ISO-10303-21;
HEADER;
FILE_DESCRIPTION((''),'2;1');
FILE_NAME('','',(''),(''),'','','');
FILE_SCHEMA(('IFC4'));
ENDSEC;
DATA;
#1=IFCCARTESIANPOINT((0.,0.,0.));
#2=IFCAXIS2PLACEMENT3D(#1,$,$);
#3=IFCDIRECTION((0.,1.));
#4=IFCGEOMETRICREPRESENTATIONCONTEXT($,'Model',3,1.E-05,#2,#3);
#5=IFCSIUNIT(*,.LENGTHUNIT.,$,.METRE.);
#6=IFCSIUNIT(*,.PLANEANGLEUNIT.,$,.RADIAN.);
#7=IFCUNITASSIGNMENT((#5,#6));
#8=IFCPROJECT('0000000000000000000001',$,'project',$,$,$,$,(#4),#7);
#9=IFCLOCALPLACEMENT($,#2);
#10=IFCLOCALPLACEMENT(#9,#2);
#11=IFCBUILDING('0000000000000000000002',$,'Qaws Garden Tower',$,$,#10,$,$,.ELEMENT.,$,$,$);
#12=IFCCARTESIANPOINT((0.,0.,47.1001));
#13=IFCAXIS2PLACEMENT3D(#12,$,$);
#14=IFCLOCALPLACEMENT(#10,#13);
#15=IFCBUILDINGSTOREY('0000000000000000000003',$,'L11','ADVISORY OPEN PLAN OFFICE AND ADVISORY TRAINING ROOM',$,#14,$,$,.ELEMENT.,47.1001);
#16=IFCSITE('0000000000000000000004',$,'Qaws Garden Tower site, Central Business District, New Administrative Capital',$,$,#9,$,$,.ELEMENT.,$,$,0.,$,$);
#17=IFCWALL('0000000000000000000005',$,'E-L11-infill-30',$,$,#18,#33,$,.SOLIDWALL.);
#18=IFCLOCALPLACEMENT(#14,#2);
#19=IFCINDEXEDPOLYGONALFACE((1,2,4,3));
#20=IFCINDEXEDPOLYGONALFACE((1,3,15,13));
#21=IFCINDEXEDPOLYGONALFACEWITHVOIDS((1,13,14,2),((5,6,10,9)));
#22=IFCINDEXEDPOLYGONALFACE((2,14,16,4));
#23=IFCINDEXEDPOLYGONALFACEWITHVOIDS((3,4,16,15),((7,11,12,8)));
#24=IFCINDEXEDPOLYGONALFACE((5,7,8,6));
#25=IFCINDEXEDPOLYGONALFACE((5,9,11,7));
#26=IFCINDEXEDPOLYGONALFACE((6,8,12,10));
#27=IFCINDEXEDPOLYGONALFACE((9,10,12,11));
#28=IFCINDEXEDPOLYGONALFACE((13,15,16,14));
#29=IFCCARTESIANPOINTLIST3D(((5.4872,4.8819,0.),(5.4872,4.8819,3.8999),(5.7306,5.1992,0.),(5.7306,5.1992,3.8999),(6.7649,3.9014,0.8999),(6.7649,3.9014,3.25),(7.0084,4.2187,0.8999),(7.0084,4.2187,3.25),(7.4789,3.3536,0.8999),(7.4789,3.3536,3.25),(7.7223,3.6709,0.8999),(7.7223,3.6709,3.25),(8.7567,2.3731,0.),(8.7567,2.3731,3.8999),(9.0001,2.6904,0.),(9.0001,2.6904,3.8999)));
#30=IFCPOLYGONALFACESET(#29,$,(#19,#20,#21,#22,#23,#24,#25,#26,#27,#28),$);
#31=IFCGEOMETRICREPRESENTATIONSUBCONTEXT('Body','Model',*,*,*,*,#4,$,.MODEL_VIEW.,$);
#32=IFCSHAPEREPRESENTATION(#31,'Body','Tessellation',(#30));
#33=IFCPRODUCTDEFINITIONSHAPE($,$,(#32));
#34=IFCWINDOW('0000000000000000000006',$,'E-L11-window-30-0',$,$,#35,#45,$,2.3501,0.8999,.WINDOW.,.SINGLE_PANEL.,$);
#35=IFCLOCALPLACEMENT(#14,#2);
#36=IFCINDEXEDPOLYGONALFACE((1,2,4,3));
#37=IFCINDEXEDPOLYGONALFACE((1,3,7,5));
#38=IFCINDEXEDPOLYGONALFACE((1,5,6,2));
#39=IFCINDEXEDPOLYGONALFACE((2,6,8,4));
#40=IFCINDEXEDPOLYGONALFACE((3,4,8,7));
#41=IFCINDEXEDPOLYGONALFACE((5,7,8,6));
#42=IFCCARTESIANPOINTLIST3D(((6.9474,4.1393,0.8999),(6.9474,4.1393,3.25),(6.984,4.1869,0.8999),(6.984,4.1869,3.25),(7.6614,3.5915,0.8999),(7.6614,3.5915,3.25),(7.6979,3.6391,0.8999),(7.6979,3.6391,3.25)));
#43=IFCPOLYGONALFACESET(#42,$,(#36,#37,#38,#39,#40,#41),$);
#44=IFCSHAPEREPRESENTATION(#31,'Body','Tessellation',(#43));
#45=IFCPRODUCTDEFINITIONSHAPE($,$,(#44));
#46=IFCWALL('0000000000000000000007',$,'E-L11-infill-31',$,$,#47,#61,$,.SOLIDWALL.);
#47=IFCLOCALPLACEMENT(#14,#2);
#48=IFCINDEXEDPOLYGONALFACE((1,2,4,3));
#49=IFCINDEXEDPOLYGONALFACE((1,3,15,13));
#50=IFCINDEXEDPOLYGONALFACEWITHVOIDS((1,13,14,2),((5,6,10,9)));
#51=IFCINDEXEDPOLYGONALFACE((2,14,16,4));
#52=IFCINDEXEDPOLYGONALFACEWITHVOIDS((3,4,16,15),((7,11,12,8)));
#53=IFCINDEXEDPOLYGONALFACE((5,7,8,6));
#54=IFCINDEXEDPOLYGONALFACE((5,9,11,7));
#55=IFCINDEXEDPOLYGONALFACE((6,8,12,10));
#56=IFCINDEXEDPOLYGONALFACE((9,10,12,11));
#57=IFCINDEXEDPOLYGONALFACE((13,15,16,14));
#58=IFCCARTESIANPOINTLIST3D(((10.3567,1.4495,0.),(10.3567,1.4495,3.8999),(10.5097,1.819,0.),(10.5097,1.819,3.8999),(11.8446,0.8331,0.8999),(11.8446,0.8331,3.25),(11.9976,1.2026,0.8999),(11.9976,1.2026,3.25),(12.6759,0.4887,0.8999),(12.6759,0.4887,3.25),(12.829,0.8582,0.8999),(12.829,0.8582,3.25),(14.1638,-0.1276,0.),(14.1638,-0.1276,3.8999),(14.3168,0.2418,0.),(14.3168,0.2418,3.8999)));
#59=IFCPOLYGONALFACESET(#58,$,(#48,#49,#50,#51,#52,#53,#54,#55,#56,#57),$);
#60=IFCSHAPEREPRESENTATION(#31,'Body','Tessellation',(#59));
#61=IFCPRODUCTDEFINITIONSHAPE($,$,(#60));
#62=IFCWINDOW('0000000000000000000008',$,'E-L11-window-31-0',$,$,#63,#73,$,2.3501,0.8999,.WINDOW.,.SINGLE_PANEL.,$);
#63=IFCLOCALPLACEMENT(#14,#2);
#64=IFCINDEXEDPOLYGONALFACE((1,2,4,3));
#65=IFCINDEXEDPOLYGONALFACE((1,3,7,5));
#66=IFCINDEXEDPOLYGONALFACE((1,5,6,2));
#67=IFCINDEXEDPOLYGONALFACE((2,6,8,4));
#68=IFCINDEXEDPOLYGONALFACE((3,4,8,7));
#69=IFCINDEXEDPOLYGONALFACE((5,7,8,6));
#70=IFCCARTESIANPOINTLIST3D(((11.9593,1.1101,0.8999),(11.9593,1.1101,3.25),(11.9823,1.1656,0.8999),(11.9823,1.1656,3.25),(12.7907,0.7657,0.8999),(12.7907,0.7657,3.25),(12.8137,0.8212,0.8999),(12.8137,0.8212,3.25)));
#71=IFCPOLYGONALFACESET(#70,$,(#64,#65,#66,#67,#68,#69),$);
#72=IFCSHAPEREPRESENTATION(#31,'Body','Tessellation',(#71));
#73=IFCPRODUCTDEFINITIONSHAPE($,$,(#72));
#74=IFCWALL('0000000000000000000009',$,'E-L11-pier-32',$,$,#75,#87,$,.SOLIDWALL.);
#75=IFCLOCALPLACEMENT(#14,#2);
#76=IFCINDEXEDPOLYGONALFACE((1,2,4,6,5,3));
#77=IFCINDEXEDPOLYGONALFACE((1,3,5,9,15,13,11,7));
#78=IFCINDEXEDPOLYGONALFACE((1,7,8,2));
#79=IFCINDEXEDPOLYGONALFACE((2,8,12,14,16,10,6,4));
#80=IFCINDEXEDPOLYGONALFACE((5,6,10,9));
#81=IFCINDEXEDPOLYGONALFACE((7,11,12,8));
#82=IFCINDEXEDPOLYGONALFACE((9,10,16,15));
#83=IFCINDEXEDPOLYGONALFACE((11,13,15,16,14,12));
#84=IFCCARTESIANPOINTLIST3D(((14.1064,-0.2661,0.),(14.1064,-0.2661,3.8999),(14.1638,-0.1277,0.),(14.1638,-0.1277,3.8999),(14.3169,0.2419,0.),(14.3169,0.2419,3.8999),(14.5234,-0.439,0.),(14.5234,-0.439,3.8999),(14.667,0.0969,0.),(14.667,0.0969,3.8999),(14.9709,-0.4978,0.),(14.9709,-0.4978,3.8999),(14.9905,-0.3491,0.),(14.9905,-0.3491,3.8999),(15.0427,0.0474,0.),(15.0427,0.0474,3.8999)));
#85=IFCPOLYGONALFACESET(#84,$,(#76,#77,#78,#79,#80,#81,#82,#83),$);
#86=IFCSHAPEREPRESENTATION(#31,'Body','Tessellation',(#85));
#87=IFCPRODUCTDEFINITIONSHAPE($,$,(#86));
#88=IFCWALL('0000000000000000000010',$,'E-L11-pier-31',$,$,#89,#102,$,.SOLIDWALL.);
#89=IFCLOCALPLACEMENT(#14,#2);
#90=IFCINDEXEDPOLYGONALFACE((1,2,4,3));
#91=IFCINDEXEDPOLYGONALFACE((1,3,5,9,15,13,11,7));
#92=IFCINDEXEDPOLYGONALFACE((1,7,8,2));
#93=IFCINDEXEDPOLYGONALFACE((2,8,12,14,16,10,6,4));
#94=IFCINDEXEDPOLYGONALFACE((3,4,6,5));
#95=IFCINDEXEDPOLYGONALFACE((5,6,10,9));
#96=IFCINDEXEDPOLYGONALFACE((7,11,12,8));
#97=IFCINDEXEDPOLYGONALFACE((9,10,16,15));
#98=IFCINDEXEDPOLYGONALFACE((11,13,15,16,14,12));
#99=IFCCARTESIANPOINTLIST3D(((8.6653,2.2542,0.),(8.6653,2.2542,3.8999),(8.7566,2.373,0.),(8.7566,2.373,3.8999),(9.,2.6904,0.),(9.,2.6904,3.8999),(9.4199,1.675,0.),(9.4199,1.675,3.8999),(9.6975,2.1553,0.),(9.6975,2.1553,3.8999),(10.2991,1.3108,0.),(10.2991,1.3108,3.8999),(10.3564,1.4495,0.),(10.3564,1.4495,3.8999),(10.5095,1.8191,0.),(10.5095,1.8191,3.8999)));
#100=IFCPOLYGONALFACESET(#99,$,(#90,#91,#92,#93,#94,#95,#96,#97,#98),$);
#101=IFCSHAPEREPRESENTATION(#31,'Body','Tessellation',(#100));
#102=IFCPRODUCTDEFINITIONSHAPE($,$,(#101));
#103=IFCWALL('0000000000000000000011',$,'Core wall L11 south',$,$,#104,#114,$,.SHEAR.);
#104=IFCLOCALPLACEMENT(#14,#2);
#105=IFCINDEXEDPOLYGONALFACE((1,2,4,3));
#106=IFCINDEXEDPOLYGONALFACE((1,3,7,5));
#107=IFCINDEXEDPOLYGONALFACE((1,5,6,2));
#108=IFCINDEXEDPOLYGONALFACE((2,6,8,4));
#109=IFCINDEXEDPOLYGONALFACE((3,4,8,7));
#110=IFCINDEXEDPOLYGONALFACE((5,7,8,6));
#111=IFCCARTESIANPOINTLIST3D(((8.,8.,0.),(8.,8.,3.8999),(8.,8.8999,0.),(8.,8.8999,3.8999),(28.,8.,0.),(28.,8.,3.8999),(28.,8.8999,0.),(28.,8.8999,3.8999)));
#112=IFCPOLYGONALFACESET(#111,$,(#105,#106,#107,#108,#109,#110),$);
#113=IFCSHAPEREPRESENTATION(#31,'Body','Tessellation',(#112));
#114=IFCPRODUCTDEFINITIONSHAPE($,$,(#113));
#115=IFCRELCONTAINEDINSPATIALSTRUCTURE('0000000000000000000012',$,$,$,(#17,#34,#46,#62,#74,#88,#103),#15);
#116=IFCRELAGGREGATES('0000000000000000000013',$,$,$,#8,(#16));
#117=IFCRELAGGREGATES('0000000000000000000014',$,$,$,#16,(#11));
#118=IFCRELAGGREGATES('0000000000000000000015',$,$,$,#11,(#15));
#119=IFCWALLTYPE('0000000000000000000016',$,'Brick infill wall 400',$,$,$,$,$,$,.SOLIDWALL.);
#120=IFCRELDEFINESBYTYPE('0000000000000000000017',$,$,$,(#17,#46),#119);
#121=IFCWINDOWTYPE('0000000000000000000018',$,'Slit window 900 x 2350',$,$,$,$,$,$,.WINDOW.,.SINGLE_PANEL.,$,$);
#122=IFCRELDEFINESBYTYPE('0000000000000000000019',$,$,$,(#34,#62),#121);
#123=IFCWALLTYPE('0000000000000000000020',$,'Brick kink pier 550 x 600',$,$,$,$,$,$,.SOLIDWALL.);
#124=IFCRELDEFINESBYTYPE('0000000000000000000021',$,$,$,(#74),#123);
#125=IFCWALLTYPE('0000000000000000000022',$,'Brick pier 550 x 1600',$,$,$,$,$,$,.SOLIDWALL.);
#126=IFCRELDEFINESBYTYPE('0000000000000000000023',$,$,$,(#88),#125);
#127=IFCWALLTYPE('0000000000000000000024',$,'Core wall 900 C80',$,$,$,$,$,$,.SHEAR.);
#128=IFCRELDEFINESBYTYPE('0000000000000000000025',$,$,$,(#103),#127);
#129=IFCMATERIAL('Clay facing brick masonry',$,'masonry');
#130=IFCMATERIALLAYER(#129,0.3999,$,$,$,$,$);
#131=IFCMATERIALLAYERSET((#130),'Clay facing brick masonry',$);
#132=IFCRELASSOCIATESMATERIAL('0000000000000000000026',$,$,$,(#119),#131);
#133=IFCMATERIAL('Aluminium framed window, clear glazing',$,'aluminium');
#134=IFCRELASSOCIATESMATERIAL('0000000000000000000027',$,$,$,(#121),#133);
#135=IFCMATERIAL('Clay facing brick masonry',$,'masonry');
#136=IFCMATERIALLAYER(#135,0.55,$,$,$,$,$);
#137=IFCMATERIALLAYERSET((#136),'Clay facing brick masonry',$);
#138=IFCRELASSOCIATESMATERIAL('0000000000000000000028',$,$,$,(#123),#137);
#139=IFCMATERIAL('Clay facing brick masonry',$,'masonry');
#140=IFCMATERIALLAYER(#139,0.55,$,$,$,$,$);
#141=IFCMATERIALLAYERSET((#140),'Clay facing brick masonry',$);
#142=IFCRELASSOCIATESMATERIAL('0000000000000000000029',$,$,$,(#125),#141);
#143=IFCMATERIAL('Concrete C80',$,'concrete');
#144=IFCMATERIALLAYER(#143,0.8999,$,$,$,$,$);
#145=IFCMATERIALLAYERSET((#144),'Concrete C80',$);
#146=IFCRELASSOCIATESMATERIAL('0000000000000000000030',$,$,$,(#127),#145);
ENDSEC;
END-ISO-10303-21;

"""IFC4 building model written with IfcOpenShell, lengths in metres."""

from ifc_helpers import new_model, si_unit, direction, frame, frame_2d, origin, place, context, subcontext, project, spatial, polyline, rectangle, outline, extrude, material, layer, layer_set, type_object, element, fill, save


model = new_model("IFC4")

# Units and contexts
model_context = context("Model", 3, precision=1e-05, world=origin(), true_north=direction((0.0, 1.0)))
body_context = subcontext(model_context, "Body", "Model", "MODEL_VIEW")
ifc_project = project(units=[si_unit("LENGTHUNIT", "METRE"), si_unit("PLANEANGLEUNIT", "RADIAN")], contexts=[model_context])

# Site, building, storey
site_placement = place(None, origin())
site = spatial("IfcSite", under=ifc_project, at=site_placement, Name="Qaws Garden Tower site, Central Business District, New Administrative Capital", CompositionType="ELEMENT", RefElevation=0.0)
building_placement = place(site_placement, origin())
building = spatial("IfcBuilding", under=site, at=building_placement, Name="Qaws Garden Tower", CompositionType="ELEMENT")
storey_placement = place(building_placement, frame((0.0, 0.0, 47.1001)))
storey = spatial("IfcBuildingStorey", under=building, at=storey_placement, Name="L11", Description="ADVISORY OPEN PLAN OFFICE AND ADVISORY TRAINING ROOM", CompositionType="ELEMENT", Elevation=47.1001)

# Shared definitions
placement_1 = place(storey_placement, origin())

# Walls, openings, windows
ifc_material_1 = material(Name="Clay facing brick masonry", Category="masonry")
ifc_layer_1 = layer(ifc_material_1, 0.3999)
ifc_layer_set_1 = layer_set([ifc_layer_1], Name="Clay facing brick masonry")
wall_type_1 = type_object("IfcWallType", Name="Brick infill wall 400", PredefinedType="SOLIDWALL", material=ifc_layer_set_1)
ifc_material_2 = material(Name="Aluminium framed window, clear glazing", Category="aluminium")
window_type = type_object("IfcWindowType", Name="Slit window 900 x 2350", PartitioningType="SINGLE_PANEL", PredefinedType="WINDOW", material=ifc_material_2)
wall_1_placement = place(storey_placement, frame((5.6089, 5.0405, 0.0), z_axis=(0.0, 0.0, 1.0), x_axis=(0.793355, -0.60876, 0.0)))
wall_1 = element("IfcWall", 1, at=wall_1_placement, inside=storey, type_object=wall_type_1, Name="E-L11-infill-30", PredefinedType="SOLIDWALL", context=body_context, shape_type="SweptSolid", body=[
    extrude(rectangle(XDim=4.1211, YDim=0.3999, at=frame_2d((2.0605, 0.0))), origin(), (0.0, 0.0, 1.0), 3.8999),
])
opening_1_placement = place(wall_1_placement, frame((1.6106, 0.0, 0.8999)))
opening_1 = element("IfcOpeningElement", 2, at=opening_1_placement, cuts=wall_1, PredefinedType="OPENING", context=body_context, shape_type="SweptSolid", body=[
    extrude(rectangle(XDim=0.8999, YDim=2.3501, at=frame_2d((0.45, 1.175))), frame((0.0, 0.21, 0.0), z_axis=(0.0, -1.0, 0.0), x_axis=(1.0, 0.0, 0.0)), (0.0, 0.0, 1.0), 0.4199),
])
window_1_placement = place(opening_1_placement, origin())
window_1 = element("IfcWindow", 3, at=window_1_placement, inside=storey, type_object=window_type, Name="E-L11-window-30-0", OverallHeight=2.3501, OverallWidth=0.8999, PartitioningType="SINGLE_PANEL", PredefinedType="WINDOW", context=body_context, shape_type="SweptSolid", body=[
    extrude(rectangle(XDim=0.8999, YDim=2.3501, at=frame_2d((0.45, 1.175))), frame((0.0, 0.1599, 0.0), z_axis=(0.0, -1.0, 0.0), x_axis=(1.0, 0.0, 0.0)), (0.0, 0.0, 1.0), 0.0601),
])
fill(opening_1, window_1)
wall_2_placement = place(storey_placement, frame((10.4331, 1.6343, 0.0), z_axis=(0.0, 0.0, 1.0), x_axis=(0.923864, -0.382722, 0.0)))
wall_2 = element("IfcWall", 4, at=wall_2_placement, inside=storey, type_object=wall_type_1, Name="E-L11-infill-31", PredefinedType="SOLIDWALL", context=body_context, shape_type="SweptSolid", body=[
    extrude(rectangle(XDim=4.1208, YDim=0.3999, at=frame_2d((2.0605, 0.0))), origin(), (0.0, 0.0, 1.0), 3.8999),
])
opening_2_placement = place(wall_2_placement, frame((1.6106, 0.0, 0.8999)))
opening_2 = element("IfcOpeningElement", 5, at=opening_2_placement, cuts=wall_2, PredefinedType="OPENING", context=body_context, shape_type="SweptSolid", body=[
    extrude(rectangle(XDim=0.8999, YDim=2.3501, at=frame_2d((0.45, 1.175))), frame((0.0, 0.21, 0.0), z_axis=(0.0, -1.0, 0.0), x_axis=(1.0, 0.0, 0.0)), (0.0, 0.0, 1.0), 0.4199),
])
window_2_placement = place(opening_2_placement, origin())
window_2 = element("IfcWindow", 6, at=window_2_placement, inside=storey, type_object=window_type, Name="E-L11-window-31-0", OverallHeight=2.3501, OverallWidth=0.8999, PartitioningType="SINGLE_PANEL", PredefinedType="WINDOW", context=body_context, shape_type="SweptSolid", body=[
    extrude(rectangle(XDim=0.8999, YDim=2.3501, at=frame_2d((0.45, 1.175))), frame((0.0, 0.1599, 0.0), z_axis=(0.0, -1.0, 0.0), x_axis=(1.0, 0.0, 0.0)), (0.0, 0.0, 1.0), 0.0601),
])
fill(opening_2, window_2)

# Walls
ifc_material_3 = material(Name="Clay facing brick masonry", Category="masonry")
ifc_layer_2 = layer(ifc_material_3, 0.55)
ifc_layer_set_2 = layer_set([ifc_layer_2], Name="Clay facing brick masonry")
wall_type_2 = type_object("IfcWallType", Name="Brick kink pier 550 x 600", PredefinedType="SOLIDWALL", material=ifc_layer_set_2)
element("IfcWall", 7, at=placement_1, inside=storey, type_object=wall_type_2, Name="E-L11-pier-32", PredefinedType="SOLIDWALL", context=body_context, shape_type="SweptSolid", body=[
    extrude(outline(polyline([(14.1638, -0.1277), (14.1064, -0.2661), (14.5234, -0.439), (14.9709, -0.4978), (14.9905, -0.3491), (15.0427, 0.0474), (14.667, 0.0969), (14.3169, 0.2419), (14.1638, -0.1277)])), origin(), (0.0, 0.0, 1.0), 3.8999),
])
ifc_material_4 = material(Name="Clay facing brick masonry", Category="masonry")
ifc_layer_3 = layer(ifc_material_4, 0.55)
ifc_layer_set_3 = layer_set([ifc_layer_3], Name="Clay facing brick masonry")
wall_type_3 = type_object("IfcWallType", Name="Brick pier 550 x 1600", PredefinedType="SOLIDWALL", material=ifc_layer_set_3)
element("IfcWall", 8, at=placement_1, inside=storey, type_object=wall_type_3, Name="E-L11-pier-31", PredefinedType="SOLIDWALL", context=body_context, shape_type="SweptSolid", body=[
    extrude(outline(polyline([(8.7566, 2.373), (8.6653, 2.2542), (9.4199, 1.675), (10.2991, 1.3108), (10.3564, 1.4495), (10.5095, 1.8191), (9.6975, 2.1553), (9.0, 2.6904), (8.7566, 2.373)])), origin(), (0.0, 0.0, 1.0), 3.8999),
])
ifc_material_5 = material(Name="Concrete C80", Category="concrete")
ifc_layer_4 = layer(ifc_material_5, 0.8999)
ifc_layer_set_4 = layer_set([ifc_layer_4], Name="Concrete C80")
wall_type_4 = type_object("IfcWallType", Name="Core wall 900 C80", PredefinedType="SHEAR", material=ifc_layer_set_4)
wall_3_placement = place(storey_placement, frame((8.0, 8.45, 0.0), z_axis=(0.0, 0.0, 1.0), x_axis=(1.0, 0.0, 0.0)))
element("IfcWall", 9, at=wall_3_placement, inside=storey, type_object=wall_type_4, Name="Core wall L11 south", PredefinedType="SHEAR", context=body_context, shape_type="SweptSolid", body=[
    extrude(rectangle(XDim=20.0, YDim=0.8999, at=frame_2d((10.0, 0.0))), origin(), (0.0, 0.0, 1.0), 3.8999),
])

save(model, "model.ifc")
